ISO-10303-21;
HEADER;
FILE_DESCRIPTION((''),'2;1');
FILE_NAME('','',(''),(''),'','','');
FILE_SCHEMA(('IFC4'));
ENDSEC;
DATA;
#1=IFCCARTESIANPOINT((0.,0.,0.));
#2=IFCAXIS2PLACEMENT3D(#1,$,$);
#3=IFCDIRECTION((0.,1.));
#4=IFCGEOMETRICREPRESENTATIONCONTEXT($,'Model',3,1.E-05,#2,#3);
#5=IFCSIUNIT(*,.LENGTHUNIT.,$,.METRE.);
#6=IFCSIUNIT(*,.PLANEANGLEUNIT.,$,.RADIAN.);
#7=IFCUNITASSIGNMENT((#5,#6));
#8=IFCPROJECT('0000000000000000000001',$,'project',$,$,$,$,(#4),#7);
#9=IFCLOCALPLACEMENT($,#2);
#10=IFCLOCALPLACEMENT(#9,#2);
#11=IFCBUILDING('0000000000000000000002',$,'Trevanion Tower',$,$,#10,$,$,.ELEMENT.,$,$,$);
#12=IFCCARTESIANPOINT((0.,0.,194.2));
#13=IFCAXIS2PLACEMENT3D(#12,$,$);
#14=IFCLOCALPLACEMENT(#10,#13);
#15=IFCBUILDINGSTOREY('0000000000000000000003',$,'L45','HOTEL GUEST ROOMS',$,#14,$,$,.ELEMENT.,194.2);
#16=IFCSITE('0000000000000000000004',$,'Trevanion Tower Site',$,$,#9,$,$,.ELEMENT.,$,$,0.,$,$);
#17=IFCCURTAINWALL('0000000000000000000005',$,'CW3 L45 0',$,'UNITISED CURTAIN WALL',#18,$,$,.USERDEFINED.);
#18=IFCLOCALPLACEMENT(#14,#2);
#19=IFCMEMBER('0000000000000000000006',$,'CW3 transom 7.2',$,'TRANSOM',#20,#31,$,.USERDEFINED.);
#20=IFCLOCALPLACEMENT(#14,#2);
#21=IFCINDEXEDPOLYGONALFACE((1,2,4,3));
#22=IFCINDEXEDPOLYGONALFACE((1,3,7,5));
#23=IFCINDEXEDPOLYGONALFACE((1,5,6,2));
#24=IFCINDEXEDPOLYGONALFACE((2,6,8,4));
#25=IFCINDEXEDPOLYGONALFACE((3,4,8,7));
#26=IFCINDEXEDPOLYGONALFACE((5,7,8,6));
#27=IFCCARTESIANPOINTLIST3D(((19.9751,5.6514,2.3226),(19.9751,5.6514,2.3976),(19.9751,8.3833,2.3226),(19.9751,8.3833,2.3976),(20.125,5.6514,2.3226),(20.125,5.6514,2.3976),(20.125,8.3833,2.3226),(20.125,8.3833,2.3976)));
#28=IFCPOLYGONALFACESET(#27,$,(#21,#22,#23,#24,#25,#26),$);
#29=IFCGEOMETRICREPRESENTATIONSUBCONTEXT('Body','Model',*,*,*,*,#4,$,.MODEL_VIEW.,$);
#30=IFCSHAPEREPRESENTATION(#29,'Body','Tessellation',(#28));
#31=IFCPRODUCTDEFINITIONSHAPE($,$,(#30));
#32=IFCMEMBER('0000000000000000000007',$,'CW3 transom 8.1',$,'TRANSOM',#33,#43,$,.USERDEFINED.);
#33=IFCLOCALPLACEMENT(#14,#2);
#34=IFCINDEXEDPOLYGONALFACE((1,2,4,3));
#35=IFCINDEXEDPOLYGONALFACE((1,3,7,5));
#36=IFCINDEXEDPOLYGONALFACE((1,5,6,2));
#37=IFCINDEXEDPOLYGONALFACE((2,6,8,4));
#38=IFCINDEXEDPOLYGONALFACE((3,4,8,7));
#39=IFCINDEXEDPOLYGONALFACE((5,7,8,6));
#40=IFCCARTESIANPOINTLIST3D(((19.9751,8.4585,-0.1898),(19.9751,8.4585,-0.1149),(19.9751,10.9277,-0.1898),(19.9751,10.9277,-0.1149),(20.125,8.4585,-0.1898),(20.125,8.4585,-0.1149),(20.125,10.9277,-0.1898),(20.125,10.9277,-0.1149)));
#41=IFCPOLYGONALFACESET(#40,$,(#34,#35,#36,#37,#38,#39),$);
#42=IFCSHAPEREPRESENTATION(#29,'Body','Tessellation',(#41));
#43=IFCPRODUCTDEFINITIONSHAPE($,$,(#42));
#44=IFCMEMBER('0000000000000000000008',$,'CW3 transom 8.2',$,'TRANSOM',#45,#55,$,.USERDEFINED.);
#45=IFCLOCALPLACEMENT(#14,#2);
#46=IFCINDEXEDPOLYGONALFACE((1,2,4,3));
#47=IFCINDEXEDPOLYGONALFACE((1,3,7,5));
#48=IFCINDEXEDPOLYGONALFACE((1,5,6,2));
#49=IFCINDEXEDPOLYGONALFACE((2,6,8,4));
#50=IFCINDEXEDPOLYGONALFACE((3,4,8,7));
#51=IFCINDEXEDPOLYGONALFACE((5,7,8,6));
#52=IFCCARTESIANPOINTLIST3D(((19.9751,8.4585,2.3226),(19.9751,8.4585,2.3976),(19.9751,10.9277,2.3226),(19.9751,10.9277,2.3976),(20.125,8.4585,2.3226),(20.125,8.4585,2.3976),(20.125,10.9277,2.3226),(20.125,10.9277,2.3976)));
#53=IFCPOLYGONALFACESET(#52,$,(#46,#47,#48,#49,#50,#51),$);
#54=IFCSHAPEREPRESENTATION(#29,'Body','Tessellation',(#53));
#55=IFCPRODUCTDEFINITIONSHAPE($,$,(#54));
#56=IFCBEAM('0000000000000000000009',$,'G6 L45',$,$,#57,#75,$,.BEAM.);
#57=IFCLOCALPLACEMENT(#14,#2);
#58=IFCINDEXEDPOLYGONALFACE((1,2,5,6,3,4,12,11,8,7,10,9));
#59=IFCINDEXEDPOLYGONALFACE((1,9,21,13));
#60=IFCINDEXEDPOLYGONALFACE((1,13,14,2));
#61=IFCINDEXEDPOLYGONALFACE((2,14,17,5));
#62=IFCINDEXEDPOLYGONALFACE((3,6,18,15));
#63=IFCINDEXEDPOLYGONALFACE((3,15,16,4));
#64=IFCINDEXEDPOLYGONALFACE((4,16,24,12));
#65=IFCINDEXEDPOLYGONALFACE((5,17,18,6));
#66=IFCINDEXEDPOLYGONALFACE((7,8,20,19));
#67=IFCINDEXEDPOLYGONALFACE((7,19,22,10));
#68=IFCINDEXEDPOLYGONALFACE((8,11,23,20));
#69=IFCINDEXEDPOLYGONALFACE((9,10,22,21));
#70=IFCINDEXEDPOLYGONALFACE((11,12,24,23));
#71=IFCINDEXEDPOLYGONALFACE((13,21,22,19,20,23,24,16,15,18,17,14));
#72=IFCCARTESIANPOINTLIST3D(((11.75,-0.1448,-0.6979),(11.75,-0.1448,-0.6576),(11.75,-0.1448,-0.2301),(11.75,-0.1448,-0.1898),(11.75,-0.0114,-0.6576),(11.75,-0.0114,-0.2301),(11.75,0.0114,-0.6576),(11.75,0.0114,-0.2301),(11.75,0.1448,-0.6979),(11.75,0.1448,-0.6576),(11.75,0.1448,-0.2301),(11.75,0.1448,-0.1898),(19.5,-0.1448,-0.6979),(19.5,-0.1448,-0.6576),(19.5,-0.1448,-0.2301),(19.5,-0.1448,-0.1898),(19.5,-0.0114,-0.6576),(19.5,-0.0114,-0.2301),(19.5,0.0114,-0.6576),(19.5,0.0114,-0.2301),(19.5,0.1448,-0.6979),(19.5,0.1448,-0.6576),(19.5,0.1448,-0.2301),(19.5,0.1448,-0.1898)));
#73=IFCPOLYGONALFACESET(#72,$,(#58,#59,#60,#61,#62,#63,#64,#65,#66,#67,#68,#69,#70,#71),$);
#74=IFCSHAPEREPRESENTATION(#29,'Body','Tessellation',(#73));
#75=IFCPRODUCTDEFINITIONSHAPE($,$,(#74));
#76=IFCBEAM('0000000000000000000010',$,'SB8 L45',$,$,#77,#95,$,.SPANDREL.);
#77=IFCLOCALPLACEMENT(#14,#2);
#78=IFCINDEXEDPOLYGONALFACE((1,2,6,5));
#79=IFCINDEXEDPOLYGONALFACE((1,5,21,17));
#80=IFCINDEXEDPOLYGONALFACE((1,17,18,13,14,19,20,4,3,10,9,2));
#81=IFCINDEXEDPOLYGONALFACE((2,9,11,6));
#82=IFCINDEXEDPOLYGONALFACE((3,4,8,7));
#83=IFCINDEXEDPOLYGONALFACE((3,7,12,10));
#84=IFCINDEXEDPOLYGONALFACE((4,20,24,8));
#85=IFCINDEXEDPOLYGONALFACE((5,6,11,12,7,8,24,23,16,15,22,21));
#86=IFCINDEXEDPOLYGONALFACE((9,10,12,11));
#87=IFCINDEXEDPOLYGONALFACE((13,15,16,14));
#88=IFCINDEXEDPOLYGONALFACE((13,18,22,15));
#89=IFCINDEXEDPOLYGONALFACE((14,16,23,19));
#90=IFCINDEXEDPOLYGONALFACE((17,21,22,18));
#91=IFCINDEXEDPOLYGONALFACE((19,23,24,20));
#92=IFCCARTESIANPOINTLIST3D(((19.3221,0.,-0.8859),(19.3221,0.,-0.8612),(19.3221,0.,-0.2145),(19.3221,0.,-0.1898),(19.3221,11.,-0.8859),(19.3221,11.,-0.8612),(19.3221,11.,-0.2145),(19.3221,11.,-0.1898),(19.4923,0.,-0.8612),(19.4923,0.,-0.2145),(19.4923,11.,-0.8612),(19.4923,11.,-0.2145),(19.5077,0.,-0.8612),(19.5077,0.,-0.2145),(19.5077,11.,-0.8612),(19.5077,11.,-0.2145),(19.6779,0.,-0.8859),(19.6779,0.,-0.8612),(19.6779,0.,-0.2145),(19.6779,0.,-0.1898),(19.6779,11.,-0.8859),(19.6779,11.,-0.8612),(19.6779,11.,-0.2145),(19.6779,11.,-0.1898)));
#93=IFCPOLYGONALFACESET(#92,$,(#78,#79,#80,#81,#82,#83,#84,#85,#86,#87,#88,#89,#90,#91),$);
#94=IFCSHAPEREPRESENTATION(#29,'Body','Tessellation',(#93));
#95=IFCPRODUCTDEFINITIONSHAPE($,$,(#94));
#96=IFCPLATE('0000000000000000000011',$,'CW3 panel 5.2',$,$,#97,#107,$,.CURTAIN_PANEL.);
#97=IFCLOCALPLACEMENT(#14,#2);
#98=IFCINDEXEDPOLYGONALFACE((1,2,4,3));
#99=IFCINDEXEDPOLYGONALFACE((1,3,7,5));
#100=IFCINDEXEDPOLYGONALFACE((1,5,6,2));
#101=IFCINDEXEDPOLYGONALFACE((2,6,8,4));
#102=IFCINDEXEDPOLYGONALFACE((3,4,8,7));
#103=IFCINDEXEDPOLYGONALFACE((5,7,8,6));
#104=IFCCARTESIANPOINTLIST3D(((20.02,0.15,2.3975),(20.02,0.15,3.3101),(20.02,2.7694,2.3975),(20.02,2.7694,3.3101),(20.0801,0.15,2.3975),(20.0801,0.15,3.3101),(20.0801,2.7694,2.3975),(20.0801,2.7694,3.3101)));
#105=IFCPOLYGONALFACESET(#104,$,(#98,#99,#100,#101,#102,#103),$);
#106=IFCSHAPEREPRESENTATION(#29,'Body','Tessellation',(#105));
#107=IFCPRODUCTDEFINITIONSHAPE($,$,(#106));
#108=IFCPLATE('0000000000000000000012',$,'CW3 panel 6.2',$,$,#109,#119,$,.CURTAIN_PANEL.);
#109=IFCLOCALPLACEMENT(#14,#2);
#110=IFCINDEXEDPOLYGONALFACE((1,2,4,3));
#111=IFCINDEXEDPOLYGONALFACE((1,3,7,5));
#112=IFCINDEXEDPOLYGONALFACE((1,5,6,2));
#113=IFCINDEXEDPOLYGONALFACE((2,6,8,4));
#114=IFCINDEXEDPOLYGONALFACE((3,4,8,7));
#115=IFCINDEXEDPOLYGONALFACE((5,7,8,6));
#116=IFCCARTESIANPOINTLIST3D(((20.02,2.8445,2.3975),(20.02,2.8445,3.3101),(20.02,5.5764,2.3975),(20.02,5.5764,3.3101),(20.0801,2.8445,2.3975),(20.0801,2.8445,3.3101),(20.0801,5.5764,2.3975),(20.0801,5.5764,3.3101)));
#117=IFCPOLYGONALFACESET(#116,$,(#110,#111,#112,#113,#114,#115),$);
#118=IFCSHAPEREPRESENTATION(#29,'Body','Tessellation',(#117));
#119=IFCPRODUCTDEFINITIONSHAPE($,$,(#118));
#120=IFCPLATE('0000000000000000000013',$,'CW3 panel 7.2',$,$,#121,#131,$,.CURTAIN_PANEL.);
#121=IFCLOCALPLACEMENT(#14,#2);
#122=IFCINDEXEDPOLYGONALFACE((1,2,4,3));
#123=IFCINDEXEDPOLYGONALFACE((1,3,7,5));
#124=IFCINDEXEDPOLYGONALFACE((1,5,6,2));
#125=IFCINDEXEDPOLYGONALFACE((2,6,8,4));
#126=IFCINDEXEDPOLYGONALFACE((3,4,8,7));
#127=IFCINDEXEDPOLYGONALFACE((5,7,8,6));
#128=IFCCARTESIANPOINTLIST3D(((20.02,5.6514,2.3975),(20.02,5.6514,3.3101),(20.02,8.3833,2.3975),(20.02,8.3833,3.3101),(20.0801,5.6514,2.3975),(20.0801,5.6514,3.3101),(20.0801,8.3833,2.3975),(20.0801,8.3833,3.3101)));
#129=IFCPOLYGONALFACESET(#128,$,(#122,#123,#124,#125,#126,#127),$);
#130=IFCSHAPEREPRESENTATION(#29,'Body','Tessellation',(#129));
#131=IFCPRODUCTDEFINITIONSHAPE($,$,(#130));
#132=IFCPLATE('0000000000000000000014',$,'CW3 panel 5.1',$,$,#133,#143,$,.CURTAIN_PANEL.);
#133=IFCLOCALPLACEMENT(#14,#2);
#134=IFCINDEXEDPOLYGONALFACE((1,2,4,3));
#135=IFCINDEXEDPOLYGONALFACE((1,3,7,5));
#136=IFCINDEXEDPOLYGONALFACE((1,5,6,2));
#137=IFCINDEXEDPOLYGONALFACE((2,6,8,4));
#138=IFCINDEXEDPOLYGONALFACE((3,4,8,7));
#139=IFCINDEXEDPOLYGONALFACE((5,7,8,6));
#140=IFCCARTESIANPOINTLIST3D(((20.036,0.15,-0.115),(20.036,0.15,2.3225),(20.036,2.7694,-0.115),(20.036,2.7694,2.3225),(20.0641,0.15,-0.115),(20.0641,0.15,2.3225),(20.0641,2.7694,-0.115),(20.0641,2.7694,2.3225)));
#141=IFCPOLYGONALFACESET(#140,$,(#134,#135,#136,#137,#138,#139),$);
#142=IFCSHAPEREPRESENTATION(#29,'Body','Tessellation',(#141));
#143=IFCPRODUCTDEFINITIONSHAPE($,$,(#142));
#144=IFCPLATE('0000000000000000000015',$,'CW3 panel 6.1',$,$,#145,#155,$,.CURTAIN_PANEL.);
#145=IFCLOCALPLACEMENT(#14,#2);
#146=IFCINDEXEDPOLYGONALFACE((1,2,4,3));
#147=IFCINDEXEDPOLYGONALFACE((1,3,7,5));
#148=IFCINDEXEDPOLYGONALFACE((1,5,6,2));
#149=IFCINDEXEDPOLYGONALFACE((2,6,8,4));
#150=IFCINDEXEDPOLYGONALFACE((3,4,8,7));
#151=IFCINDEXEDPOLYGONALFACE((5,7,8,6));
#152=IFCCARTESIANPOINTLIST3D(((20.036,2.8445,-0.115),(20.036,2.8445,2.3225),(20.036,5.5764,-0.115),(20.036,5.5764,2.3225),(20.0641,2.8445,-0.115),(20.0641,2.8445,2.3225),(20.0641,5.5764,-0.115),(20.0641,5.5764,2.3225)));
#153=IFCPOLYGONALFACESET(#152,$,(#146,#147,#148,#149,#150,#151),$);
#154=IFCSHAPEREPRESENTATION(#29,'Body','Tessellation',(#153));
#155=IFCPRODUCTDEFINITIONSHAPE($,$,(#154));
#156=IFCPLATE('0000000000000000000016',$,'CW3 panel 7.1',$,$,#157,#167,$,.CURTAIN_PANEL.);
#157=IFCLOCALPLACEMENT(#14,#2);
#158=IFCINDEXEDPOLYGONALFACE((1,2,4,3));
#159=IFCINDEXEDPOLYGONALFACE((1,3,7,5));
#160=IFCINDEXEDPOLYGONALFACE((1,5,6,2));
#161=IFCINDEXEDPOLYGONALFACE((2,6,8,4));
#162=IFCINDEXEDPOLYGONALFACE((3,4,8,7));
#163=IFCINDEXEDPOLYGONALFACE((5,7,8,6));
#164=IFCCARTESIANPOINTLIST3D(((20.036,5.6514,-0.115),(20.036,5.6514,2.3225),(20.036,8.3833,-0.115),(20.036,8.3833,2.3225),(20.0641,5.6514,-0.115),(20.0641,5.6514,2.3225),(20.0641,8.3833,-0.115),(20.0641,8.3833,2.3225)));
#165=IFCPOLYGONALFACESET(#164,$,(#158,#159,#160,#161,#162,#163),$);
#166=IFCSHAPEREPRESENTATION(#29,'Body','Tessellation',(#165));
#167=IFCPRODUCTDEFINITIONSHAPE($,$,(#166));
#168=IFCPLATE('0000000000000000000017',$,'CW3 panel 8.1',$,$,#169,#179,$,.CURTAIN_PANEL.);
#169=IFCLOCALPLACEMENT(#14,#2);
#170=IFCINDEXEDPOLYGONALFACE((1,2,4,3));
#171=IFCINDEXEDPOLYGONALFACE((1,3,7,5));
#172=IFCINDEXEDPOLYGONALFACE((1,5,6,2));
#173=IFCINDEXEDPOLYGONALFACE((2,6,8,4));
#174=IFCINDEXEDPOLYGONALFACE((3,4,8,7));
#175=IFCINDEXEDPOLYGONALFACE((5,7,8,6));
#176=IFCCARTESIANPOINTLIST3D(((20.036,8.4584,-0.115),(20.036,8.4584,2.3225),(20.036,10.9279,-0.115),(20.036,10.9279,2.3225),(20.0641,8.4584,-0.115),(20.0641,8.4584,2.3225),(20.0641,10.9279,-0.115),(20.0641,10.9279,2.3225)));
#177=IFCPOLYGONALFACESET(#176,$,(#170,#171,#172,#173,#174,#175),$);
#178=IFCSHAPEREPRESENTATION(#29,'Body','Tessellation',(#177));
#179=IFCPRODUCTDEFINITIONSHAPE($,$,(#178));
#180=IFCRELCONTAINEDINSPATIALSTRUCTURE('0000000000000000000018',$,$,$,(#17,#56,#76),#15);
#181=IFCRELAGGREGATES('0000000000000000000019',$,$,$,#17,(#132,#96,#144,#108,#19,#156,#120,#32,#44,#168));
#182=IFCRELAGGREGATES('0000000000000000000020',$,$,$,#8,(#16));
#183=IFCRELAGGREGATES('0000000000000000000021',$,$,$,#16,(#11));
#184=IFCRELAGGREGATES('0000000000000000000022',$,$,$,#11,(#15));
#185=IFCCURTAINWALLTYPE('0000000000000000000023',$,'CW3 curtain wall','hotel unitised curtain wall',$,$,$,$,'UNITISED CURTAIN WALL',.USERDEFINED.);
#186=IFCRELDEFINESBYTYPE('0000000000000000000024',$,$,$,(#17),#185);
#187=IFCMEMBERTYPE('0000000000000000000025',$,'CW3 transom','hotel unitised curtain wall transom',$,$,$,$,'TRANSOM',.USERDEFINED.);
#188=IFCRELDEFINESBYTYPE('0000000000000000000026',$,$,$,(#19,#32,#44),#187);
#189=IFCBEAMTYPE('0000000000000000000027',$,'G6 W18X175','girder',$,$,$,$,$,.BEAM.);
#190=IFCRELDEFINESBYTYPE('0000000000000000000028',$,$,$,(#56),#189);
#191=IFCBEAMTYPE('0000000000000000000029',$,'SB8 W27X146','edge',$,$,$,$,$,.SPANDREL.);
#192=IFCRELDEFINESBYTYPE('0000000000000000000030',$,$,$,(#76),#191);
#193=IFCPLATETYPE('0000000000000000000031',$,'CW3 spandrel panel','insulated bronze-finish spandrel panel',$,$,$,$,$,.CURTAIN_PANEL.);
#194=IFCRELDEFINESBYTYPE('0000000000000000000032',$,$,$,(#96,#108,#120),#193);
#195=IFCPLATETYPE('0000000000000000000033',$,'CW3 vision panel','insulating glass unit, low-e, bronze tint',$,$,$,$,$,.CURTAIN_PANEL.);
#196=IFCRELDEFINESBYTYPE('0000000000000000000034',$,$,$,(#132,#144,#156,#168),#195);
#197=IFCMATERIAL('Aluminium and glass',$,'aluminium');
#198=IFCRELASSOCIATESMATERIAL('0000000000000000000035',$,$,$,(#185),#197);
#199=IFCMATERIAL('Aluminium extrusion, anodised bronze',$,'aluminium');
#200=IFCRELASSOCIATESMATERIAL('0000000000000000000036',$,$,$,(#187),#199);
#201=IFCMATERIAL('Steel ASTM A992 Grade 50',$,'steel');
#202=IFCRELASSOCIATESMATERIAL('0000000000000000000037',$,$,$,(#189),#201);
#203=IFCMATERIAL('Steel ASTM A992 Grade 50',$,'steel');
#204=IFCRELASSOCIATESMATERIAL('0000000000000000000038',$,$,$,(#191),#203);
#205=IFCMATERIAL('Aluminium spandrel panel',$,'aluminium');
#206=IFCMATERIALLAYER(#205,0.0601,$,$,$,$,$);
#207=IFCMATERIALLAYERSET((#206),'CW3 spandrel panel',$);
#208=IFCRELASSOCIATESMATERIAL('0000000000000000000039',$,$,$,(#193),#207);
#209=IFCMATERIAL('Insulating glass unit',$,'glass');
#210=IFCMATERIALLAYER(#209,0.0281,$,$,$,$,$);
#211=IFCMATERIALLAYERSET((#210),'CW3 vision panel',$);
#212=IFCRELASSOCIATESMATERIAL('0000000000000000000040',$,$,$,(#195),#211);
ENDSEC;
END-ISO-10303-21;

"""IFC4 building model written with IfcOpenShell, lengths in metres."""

from ifc_helpers import new_model, si_unit, direction, frame, origin, origin_2d, place, context, subcontext, project, spatial, rectangle, i_section, extrude, material, layer, layer_set, material_profile, profile_set, type_object, element, aggregate, save


model = new_model("IFC4")

# Units and contexts
model_context = context("Model", 3, precision=1e-05, world=origin(), true_north=direction((0.0, 1.0)))
body_context = subcontext(model_context, "Body", "Model", "MODEL_VIEW")
ifc_project = project(units=[si_unit("LENGTHUNIT", "METRE"), si_unit("PLANEANGLEUNIT", "RADIAN")], contexts=[model_context])

# Site, building, storey
site_placement = place(None, origin())
site = spatial("IfcSite", under=ifc_project, at=site_placement, Name="Trevanion Tower Site", CompositionType="ELEMENT", RefElevation=0.0)
building_placement = place(site_placement, origin())
building = spatial("IfcBuilding", under=site, at=building_placement, Name="Trevanion Tower", CompositionType="ELEMENT")
storey_placement = place(building_placement, frame((0.0, 0.0, 194.2)))
storey = spatial("IfcBuildingStorey", under=building, at=storey_placement, Name="L45", Description="HOTEL GUEST ROOMS", CompositionType="ELEMENT", Elevation=194.2)

# Curtain wall, members
ifc_material_1 = material(Name="Aluminium and glass", Category="aluminium")
curtain_wall_type = type_object("IfcCurtainWallType", Name="CW3 curtain wall", Description="hotel unitised curtain wall", ElementType="UNITISED CURTAIN WALL", PredefinedType="USERDEFINED", material=ifc_material_1)
curtain_wall_placement = place(storey_placement, origin())
curtain_wall = element("IfcCurtainWall", 1, at=curtain_wall_placement, inside=storey, type_object=curtain_wall_type, Name="CW3 L45 0", ObjectType="UNITISED CURTAIN WALL", PredefinedType="USERDEFINED")
ifc_material_2 = material(Name="Aluminium extrusion, anodised bronze", Category="aluminium")
ifc_material_profile_1 = material_profile(ifc_material_2, rectangle(XDim=0.1499, YDim=0.075, at=origin_2d()), Name="CW3 transom")
ifc_profile_set_1 = profile_set([ifc_material_profile_1], Name="Aluminium extrusion, anodised bronze")
member_type_1 = type_object("IfcMemberType", Name="CW3 transom", Description="hotel unitised curtain wall transom", ElementType="TRANSOM", PredefinedType="USERDEFINED", material=ifc_profile_set_1)
member_1_placement = place(storey_placement, frame((20.05, 5.6514, 2.3601), z_axis=(0.0, 1.0, 0.0), x_axis=(-1.0, 0.0, 0.0)))
member_1 = element("IfcMember", 2, at=member_1_placement, type_object=member_type_1, Name="CW3 transom 7.2", ObjectType="TRANSOM", PredefinedType="USERDEFINED", context=body_context, shape_type="SweptSolid", body=[
    extrude(rectangle(XDim=0.1499, YDim=0.075, at=origin_2d()), origin(), (0.0, 0.0, 1.0), 2.7319),
])
member_2_placement = place(storey_placement, frame((20.05, 8.4585, -0.1523), z_axis=(0.0, 1.0, 0.0), x_axis=(-1.0, 0.0, 0.0)))
member_2 = element("IfcMember", 3, at=member_2_placement, type_object=member_type_1, Name="CW3 transom 8.1", ObjectType="TRANSOM", PredefinedType="USERDEFINED", context=body_context, shape_type="SweptSolid", body=[
    extrude(rectangle(XDim=0.1499, YDim=0.075, at=origin_2d()), origin(), (0.0, 0.0, 1.0), 2.4692),
])
member_3_placement = place(storey_placement, frame((20.05, 8.4585, 2.3601), z_axis=(0.0, 1.0, 0.0), x_axis=(-1.0, 0.0, 0.0)))
member_3 = element("IfcMember", 4, at=member_3_placement, type_object=member_type_1, Name="CW3 transom 8.2", ObjectType="TRANSOM", PredefinedType="USERDEFINED", context=body_context, shape_type="SweptSolid", body=[
    extrude(rectangle(XDim=0.1499, YDim=0.075, at=origin_2d()), origin(), (0.0, 0.0, 1.0), 2.4692),
])

# Beams
ifc_material_3 = material(Name="Steel ASTM A992 Grade 50", Category="steel")
ifc_material_profile_2 = material_profile(ifc_material_3, i_section(OverallWidth=0.2896, OverallDepth=0.5081, WebThickness=0.0227, FlangeThickness=0.0403, at=origin_2d()), Name="W18X175")
ifc_profile_set_2 = profile_set([ifc_material_profile_2], Name="Steel ASTM A992 Grade 50")
beam_type_1 = type_object("IfcBeamType", Name="G6 W18X175", Description="girder", PredefinedType="BEAM", material=ifc_profile_set_2)
beam_1_placement = place(storey_placement, frame((11.75, 0.0, -0.4438), z_axis=(1.0, 0.0, 0.0), x_axis=(0.0, 1.0, 0.0)))
element("IfcBeam", 5, at=beam_1_placement, inside=storey, type_object=beam_type_1, Name="G6 L45", PredefinedType="BEAM", context=body_context, shape_type="SweptSolid", body=[
    extrude(i_section(OverallWidth=0.2896, OverallDepth=0.5081, WebThickness=0.0227, FlangeThickness=0.0403, at=origin_2d()), origin(), (0.0, 0.0, 1.0), 7.75),
])
ifc_material_4 = material(Name="Steel ASTM A992 Grade 50", Category="steel")
ifc_material_profile_3 = material_profile(ifc_material_4, i_section(OverallWidth=0.3557, OverallDepth=0.696, WebThickness=0.0154, FlangeThickness=0.0247, at=origin_2d()), Name="W27X146")
ifc_profile_set_3 = profile_set([ifc_material_profile_3], Name="Steel ASTM A992 Grade 50")
beam_type_2 = type_object("IfcBeamType", Name="SB8 W27X146", Description="edge", PredefinedType="SPANDREL", material=ifc_profile_set_3)
beam_2_placement = place(storey_placement, frame((19.5, 0.0, -0.5378), z_axis=(0.0, 1.0, 0.0), x_axis=(-1.0, 0.0, 0.0)))
element("IfcBeam", 6, at=beam_2_placement, inside=storey, type_object=beam_type_2, Name="SB8 L45", PredefinedType="SPANDREL", context=body_context, shape_type="SweptSolid", body=[
    extrude(i_section(OverallWidth=0.3557, OverallDepth=0.696, WebThickness=0.0154, FlangeThickness=0.0247, at=origin_2d()), origin(), (0.0, 0.0, 1.0), 11.0),
])

# Plates
ifc_material_5 = material(Name="Aluminium spandrel panel", Category="aluminium")
ifc_layer_1 = layer(ifc_material_5, 0.0601)
ifc_layer_set_1 = layer_set([ifc_layer_1], Name="CW3 spandrel panel")
plate_type_1 = type_object("IfcPlateType", Name="CW3 spandrel panel", Description="insulated bronze-finish spandrel panel", PredefinedType="CURTAIN_PANEL", material=ifc_layer_set_1)
plate_1_placement = place(storey_placement, frame((20.05, 1.4597, 2.3975), z_axis=(0.0, 0.0, 1.0), x_axis=(0.0, 1.0, 0.0)))
plate_1 = element("IfcPlate", 7, at=plate_1_placement, type_object=plate_type_1, Name="CW3 panel 5.2", PredefinedType="CURTAIN_PANEL", context=body_context, shape_type="SweptSolid", body=[
    extrude(rectangle(XDim=2.6194, YDim=0.0601, at=origin_2d()), origin(), (0.0, 0.0, 1.0), 0.9126),
])
plate_2_placement = place(storey_placement, frame((20.05, 4.2104, 2.3975), z_axis=(0.0, 0.0, 1.0), x_axis=(0.0, 1.0, 0.0)))
plate_2 = element("IfcPlate", 8, at=plate_2_placement, type_object=plate_type_1, Name="CW3 panel 6.2", PredefinedType="CURTAIN_PANEL", context=body_context, shape_type="SweptSolid", body=[
    extrude(rectangle(XDim=2.7319, YDim=0.0601, at=origin_2d()), origin(), (0.0, 0.0, 1.0), 0.9126),
])
plate_3_placement = place(storey_placement, frame((20.05, 7.0173, 2.3975), z_axis=(0.0, 0.0, 1.0), x_axis=(0.0, 1.0, 0.0)))
plate_3 = element("IfcPlate", 9, at=plate_3_placement, type_object=plate_type_1, Name="CW3 panel 7.2", PredefinedType="CURTAIN_PANEL", context=body_context, shape_type="SweptSolid", body=[
    extrude(rectangle(XDim=2.7319, YDim=0.0601, at=origin_2d()), origin(), (0.0, 0.0, 1.0), 0.9126),
])
ifc_material_6 = material(Name="Insulating glass unit", Category="glass")
ifc_layer_2 = layer(ifc_material_6, 0.0281)
ifc_layer_set_2 = layer_set([ifc_layer_2], Name="CW3 vision panel")
plate_type_2 = type_object("IfcPlateType", Name="CW3 vision panel", Description="insulating glass unit, low-e, bronze tint", PredefinedType="CURTAIN_PANEL", material=ifc_layer_set_2)
plate_4_placement = place(storey_placement, frame((20.05, 1.4597, -0.115), z_axis=(0.0, 0.0, 1.0), x_axis=(0.0, 1.0, 0.0)))
plate_4 = element("IfcPlate", 10, at=plate_4_placement, type_object=plate_type_2, Name="CW3 panel 5.1", PredefinedType="CURTAIN_PANEL", context=body_context, shape_type="SweptSolid", body=[
    extrude(rectangle(XDim=2.6194, YDim=0.0281, at=origin_2d()), origin(), (0.0, 0.0, 1.0), 2.4375),
])
plate_5_placement = place(storey_placement, frame((20.05, 4.2104, -0.115), z_axis=(0.0, 0.0, 1.0), x_axis=(0.0, 1.0, 0.0)))
plate_5 = element("IfcPlate", 11, at=plate_5_placement, type_object=plate_type_2, Name="CW3 panel 6.1", PredefinedType="CURTAIN_PANEL", context=body_context, shape_type="SweptSolid", body=[
    extrude(rectangle(XDim=2.7319, YDim=0.0281, at=origin_2d()), origin(), (0.0, 0.0, 1.0), 2.4375),
])
plate_6_placement = place(storey_placement, frame((20.05, 7.0173, -0.115), z_axis=(0.0, 0.0, 1.0), x_axis=(0.0, 1.0, 0.0)))
plate_6 = element("IfcPlate", 12, at=plate_6_placement, type_object=plate_type_2, Name="CW3 panel 7.1", PredefinedType="CURTAIN_PANEL", context=body_context, shape_type="SweptSolid", body=[
    extrude(rectangle(XDim=2.7319, YDim=0.0281, at=origin_2d()), origin(), (0.0, 0.0, 1.0), 2.4375),
])
plate_7_placement = place(storey_placement, frame((20.05, 9.6931, -0.115), z_axis=(0.0, 0.0, 1.0), x_axis=(0.0, 1.0, 0.0)))
plate_7 = element("IfcPlate", 13, at=plate_7_placement, type_object=plate_type_2, Name="CW3 panel 8.1", PredefinedType="CURTAIN_PANEL", context=body_context, shape_type="SweptSolid", body=[
    extrude(rectangle(XDim=2.4695, YDim=0.0281, at=origin_2d()), origin(), (0.0, 0.0, 1.0), 2.4375),
])
aggregate(curtain_wall, [plate_4, plate_1, plate_5, plate_2, member_1, plate_6, plate_3, member_2, member_3, plate_7])

save(model, "model.ifc")
